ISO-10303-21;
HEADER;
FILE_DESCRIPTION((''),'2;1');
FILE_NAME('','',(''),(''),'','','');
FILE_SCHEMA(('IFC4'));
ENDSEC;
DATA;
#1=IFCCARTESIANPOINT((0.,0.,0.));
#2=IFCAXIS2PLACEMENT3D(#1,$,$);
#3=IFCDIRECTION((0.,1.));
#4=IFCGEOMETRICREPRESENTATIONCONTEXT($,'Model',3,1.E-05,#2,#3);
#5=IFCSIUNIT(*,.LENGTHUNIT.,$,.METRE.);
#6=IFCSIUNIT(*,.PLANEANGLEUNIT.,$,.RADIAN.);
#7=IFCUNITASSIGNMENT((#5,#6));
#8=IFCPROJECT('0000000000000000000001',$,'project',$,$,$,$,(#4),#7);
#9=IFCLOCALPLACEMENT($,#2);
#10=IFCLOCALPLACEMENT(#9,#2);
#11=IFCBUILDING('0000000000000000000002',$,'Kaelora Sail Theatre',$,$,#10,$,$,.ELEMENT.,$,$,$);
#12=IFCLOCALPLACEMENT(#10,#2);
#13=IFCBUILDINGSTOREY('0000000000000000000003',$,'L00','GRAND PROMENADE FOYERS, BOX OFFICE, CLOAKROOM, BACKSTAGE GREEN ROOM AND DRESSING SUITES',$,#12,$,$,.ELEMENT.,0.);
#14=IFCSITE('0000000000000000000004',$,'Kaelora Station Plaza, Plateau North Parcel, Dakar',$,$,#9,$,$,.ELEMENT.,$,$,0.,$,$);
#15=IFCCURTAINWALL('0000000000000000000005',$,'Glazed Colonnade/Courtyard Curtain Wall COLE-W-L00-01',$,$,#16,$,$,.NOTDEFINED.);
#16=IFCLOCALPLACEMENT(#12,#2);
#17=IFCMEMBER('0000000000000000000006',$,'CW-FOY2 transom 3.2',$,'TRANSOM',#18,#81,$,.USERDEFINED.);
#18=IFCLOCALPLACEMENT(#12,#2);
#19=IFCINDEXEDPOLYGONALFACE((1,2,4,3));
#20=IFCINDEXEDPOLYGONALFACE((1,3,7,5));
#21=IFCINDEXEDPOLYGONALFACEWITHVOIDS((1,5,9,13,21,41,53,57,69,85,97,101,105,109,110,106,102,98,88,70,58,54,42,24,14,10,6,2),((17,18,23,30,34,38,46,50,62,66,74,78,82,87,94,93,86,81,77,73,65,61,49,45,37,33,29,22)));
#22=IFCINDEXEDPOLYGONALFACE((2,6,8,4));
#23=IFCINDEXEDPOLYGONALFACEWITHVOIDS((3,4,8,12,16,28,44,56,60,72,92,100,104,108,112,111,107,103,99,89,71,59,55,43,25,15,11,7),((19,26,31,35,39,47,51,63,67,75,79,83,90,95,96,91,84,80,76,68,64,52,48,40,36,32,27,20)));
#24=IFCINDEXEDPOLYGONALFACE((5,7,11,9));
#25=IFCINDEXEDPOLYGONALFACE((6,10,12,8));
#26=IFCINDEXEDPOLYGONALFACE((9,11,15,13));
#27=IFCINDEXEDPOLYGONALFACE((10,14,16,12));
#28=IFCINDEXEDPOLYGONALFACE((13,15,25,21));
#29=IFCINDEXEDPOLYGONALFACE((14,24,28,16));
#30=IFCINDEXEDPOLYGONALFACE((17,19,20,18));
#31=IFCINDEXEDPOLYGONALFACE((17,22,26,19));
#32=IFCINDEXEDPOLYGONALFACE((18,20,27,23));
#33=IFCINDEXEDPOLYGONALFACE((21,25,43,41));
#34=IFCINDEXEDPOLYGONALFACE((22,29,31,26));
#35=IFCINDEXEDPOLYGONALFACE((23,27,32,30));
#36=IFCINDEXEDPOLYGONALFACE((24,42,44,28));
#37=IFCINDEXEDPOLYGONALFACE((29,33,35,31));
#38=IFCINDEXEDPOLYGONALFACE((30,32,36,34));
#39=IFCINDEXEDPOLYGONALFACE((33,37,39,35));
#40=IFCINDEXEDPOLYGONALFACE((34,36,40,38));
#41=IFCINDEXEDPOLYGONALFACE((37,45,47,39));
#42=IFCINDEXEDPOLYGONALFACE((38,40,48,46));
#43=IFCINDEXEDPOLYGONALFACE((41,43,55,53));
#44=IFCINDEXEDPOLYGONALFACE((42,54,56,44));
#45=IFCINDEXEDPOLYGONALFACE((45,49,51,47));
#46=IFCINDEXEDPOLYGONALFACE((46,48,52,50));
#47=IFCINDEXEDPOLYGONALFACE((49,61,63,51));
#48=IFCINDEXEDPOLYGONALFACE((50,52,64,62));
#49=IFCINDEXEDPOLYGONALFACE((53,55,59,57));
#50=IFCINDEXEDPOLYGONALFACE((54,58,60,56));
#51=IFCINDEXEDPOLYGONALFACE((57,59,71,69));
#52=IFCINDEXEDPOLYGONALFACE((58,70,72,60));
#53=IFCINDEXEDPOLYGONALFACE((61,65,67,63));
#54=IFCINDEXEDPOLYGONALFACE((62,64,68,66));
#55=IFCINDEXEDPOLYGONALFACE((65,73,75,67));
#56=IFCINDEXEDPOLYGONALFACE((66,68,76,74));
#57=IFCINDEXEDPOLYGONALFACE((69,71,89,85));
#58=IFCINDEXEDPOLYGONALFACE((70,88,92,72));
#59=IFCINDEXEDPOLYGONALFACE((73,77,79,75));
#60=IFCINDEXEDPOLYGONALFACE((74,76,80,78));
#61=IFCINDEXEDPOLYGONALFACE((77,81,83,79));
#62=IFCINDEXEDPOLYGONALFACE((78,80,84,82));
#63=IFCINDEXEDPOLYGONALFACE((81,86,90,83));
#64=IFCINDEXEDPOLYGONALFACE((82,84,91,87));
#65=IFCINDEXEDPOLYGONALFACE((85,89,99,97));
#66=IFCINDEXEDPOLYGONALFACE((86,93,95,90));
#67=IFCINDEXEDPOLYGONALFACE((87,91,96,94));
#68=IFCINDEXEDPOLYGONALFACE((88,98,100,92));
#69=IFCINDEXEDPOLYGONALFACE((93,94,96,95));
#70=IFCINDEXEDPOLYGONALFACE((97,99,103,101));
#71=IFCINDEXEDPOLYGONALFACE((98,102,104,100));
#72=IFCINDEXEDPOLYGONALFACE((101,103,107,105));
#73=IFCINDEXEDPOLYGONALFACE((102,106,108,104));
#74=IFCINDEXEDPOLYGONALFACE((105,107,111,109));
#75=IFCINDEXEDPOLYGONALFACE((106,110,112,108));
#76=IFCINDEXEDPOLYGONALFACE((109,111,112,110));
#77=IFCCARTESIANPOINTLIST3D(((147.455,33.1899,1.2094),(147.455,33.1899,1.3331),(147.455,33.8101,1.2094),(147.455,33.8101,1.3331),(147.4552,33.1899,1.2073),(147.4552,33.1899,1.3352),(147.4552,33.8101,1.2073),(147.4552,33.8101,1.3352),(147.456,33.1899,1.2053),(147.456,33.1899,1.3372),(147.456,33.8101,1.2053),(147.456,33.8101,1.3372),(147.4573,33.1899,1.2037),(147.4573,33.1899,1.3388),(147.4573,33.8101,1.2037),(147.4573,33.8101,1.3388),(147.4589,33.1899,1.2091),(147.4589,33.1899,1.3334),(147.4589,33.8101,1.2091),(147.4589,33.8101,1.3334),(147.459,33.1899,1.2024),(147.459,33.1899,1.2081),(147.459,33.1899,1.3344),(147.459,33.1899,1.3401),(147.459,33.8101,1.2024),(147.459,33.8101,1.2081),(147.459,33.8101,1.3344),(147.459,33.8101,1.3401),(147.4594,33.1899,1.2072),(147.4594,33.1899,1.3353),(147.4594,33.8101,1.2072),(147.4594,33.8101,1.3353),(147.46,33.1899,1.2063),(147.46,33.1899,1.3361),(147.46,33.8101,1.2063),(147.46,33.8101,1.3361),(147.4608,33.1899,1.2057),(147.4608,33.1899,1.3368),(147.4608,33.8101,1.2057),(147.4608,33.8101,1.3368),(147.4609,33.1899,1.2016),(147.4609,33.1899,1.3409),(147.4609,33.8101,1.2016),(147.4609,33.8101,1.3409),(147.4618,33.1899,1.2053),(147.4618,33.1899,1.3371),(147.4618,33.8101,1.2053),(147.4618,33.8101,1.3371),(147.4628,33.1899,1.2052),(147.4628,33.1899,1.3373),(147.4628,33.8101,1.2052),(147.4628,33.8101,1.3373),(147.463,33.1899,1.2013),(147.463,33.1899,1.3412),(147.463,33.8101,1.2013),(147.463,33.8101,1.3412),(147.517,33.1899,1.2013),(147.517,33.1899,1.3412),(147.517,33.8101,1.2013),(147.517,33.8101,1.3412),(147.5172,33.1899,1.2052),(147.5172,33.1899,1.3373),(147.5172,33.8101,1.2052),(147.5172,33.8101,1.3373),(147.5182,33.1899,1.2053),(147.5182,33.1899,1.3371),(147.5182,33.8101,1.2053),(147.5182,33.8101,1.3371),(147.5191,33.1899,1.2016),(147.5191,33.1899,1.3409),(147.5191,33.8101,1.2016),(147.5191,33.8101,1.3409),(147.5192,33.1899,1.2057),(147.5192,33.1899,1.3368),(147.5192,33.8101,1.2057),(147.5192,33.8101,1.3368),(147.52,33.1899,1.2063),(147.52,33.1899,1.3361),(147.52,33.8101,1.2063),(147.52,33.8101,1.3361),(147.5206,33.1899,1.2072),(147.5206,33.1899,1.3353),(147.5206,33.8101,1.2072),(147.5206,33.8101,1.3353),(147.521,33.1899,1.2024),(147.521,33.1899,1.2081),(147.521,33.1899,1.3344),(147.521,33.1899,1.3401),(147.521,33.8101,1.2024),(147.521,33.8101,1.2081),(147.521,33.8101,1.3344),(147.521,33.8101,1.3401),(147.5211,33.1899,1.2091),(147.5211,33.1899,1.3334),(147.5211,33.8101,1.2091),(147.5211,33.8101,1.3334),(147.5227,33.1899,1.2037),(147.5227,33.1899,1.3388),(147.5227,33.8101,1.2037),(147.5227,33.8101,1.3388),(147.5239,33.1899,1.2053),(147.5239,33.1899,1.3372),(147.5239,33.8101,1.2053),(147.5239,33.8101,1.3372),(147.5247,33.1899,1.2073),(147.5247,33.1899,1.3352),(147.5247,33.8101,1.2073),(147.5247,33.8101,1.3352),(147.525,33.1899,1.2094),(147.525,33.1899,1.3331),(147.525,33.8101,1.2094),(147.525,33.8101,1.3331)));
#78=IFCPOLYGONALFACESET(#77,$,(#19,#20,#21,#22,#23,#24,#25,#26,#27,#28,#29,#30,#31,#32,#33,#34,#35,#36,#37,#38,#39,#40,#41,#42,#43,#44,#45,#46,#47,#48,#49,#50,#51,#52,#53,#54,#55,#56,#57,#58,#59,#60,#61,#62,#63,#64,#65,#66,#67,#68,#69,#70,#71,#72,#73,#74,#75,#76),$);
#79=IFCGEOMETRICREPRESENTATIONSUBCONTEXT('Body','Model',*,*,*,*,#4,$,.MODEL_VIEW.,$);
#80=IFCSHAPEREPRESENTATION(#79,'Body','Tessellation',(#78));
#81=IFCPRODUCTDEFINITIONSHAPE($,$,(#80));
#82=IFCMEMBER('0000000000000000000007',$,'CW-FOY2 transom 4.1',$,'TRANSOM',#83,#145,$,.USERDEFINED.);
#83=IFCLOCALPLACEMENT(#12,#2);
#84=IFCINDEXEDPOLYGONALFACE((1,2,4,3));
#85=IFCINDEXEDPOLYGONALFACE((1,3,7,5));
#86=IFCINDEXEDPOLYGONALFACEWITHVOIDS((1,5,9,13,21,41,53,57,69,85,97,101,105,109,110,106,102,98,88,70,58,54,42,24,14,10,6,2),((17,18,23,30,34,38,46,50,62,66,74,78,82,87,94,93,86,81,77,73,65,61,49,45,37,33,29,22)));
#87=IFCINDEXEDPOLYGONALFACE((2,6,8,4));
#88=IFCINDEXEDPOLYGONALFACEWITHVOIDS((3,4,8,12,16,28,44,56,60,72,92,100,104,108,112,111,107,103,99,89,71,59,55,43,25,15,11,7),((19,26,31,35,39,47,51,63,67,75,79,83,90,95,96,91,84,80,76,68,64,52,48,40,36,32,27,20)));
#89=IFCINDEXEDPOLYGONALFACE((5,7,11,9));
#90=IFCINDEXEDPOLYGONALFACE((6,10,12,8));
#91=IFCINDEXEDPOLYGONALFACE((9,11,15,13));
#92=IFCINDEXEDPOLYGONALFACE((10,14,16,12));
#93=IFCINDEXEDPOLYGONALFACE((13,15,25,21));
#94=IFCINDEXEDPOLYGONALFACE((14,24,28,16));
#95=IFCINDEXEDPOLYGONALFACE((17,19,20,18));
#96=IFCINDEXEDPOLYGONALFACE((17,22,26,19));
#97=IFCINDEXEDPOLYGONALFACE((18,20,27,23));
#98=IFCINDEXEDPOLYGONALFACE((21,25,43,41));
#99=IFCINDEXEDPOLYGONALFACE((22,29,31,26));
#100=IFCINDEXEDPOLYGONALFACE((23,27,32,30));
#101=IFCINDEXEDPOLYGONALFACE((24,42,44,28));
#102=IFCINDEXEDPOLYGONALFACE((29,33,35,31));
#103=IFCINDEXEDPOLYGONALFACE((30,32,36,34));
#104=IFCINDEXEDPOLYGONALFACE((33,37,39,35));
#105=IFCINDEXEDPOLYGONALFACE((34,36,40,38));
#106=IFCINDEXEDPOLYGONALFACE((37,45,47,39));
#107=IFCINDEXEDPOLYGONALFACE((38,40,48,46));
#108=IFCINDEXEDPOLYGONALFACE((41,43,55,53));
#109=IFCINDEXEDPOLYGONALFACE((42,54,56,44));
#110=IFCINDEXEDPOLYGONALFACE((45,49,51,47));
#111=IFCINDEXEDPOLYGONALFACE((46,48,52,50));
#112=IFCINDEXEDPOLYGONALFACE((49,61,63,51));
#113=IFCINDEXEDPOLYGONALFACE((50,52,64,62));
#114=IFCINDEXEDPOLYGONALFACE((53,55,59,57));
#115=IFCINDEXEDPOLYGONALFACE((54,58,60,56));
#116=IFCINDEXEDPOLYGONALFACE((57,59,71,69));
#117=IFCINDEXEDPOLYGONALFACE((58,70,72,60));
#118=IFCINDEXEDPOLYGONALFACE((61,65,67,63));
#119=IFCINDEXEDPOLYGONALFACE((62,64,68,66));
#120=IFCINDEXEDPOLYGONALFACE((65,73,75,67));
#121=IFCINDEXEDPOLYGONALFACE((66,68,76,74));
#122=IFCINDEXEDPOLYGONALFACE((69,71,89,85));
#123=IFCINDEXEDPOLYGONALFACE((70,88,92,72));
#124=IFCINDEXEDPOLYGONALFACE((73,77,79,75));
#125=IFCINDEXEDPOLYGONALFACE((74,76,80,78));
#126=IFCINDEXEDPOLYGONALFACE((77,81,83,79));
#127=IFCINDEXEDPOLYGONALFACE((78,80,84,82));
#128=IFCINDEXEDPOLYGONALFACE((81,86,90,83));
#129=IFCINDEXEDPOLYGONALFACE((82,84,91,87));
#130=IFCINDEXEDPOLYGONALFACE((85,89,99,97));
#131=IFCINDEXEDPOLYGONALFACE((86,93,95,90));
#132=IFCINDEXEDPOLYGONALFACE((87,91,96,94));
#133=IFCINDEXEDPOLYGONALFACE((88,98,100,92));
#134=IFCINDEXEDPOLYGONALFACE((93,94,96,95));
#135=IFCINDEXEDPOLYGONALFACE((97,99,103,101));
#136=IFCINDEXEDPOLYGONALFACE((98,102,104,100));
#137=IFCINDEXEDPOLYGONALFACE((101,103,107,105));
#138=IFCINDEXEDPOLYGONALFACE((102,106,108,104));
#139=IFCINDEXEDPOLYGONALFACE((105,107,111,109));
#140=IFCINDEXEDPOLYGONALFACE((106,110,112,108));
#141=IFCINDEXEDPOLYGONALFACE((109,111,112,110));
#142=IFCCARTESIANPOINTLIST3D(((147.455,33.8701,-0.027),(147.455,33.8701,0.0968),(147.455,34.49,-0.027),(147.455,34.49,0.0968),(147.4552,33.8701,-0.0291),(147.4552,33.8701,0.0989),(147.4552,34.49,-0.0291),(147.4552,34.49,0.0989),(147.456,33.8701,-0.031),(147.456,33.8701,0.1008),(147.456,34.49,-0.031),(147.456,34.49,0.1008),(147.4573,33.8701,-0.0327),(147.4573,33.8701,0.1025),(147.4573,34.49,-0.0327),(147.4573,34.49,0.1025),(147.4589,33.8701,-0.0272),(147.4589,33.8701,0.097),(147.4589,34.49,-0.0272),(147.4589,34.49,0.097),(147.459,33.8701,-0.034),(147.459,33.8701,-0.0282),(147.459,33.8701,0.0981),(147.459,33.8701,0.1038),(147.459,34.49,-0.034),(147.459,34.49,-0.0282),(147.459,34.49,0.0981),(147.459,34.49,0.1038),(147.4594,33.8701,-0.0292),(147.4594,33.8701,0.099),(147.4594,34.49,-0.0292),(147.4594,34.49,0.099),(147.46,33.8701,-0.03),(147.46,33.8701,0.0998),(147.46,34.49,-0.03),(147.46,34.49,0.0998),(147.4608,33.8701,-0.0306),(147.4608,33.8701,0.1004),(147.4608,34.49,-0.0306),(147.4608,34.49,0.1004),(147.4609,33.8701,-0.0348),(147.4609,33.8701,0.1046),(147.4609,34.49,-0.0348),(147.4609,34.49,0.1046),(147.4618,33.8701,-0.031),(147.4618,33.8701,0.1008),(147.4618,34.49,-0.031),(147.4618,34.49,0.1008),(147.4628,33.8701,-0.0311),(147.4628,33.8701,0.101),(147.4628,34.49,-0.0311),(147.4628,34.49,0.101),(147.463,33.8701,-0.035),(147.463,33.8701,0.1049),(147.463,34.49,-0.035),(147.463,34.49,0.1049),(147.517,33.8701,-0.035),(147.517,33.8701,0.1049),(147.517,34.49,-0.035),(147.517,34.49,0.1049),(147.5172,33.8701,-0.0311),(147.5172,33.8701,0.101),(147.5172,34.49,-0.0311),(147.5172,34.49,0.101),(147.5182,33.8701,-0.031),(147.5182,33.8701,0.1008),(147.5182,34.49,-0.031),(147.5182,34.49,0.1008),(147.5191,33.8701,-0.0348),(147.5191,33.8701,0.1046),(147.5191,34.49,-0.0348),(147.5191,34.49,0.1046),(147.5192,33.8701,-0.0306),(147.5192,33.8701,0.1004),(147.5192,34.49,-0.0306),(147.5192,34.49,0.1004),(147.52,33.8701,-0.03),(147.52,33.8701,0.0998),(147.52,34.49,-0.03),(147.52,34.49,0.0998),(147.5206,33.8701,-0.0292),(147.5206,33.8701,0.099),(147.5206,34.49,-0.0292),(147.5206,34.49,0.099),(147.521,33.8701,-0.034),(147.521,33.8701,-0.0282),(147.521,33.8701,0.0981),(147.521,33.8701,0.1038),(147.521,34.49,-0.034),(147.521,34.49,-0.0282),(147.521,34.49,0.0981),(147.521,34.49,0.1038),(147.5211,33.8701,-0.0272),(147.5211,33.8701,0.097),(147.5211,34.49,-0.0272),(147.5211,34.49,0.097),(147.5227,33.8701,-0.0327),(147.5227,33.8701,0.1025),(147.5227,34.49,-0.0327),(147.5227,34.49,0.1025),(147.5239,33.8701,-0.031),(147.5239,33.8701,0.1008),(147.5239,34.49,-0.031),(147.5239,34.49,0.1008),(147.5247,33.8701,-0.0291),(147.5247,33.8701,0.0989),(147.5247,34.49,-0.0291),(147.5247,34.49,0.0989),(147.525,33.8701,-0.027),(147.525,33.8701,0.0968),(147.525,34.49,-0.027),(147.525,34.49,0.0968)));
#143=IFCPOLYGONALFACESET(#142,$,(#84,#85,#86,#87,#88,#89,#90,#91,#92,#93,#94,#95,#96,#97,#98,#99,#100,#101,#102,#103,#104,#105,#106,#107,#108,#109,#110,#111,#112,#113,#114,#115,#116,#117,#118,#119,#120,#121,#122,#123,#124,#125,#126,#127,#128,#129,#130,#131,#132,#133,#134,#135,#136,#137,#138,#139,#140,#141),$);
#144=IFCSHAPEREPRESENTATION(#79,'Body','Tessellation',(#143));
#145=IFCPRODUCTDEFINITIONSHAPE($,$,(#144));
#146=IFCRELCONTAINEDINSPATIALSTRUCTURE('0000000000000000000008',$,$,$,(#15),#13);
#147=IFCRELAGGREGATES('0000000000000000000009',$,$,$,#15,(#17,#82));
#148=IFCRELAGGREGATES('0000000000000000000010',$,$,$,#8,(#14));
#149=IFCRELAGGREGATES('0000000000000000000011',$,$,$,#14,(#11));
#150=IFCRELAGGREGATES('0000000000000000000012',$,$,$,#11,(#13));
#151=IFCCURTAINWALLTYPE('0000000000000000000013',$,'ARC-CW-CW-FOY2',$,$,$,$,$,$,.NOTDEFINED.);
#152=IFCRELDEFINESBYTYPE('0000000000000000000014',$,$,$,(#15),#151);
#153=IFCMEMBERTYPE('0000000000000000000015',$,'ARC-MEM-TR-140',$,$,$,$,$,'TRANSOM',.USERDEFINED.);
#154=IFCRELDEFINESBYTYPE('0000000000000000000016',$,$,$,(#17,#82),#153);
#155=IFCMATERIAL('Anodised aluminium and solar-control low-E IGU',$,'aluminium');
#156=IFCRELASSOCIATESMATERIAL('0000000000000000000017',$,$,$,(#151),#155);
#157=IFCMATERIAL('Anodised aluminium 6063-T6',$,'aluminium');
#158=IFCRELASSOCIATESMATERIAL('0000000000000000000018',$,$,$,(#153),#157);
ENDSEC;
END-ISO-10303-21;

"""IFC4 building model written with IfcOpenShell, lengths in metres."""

from ifc_helpers import new_model, si_unit, direction, frame, origin, origin_2d, place, context, subcontext, project, spatial, hollow_rectangle, extrude, material, material_profile, profile_set, type_object, element, aggregate, save


model = new_model("IFC4")

# Units and contexts
model_context = context("Model", 3, precision=1e-05, world=origin(), true_north=direction((0.0, 1.0)))
body_context = subcontext(model_context, "Body", "Model", "MODEL_VIEW")
ifc_project = project(units=[si_unit("LENGTHUNIT", "METRE"), si_unit("PLANEANGLEUNIT", "RADIAN")], contexts=[model_context])

# Site, building, storey
site_placement = place(None, origin())
site = spatial("IfcSite", under=ifc_project, at=site_placement, Name="Kaelora Station Plaza, Plateau North Parcel, Dakar", CompositionType="ELEMENT", RefElevation=0.0)
building_placement = place(site_placement, origin())
building = spatial("IfcBuilding", under=site, at=building_placement, Name="Kaelora Sail Theatre", CompositionType="ELEMENT")
storey_placement = place(building_placement, origin())
storey = spatial("IfcBuildingStorey", under=building, at=storey_placement, Name="L00", Description="GRAND PROMENADE FOYERS, BOX OFFICE, CLOAKROOM, BACKSTAGE GREEN ROOM AND DRESSING SUITES", CompositionType="ELEMENT", Elevation=0.0)

# Curtain wall
ifc_material_1 = material(Name="Anodised aluminium and solar-control low-E IGU", Category="aluminium")
curtain_wall_type = type_object("IfcCurtainWallType", Name="ARC-CW-CW-FOY2", PredefinedType="NOTDEFINED", material=ifc_material_1)
curtain_wall_placement = place(storey_placement, origin())
curtain_wall = element("IfcCurtainWall", 1, at=curtain_wall_placement, inside=storey, type_object=curtain_wall_type, Name="Glazed Colonnade/Courtyard Curtain Wall COLE-W-L00-01", PredefinedType="NOTDEFINED")

# Members
ifc_material_2 = material(Name="Anodised aluminium 6063-T6", Category="aluminium")
ifc_material_profile_1 = material_profile(ifc_material_2, hollow_rectangle(XDim=0.0701, YDim=0.1399, WallThickness=0.0039, InnerFilletRadius=0.0039, OuterFilletRadius=0.0081, at=origin_2d()), Name="ALU-TRAN 70x140x4")
ifc_profile_set_1 = profile_set([ifc_material_profile_1], Name="Anodised aluminium 6063-T6")
member_type_1 = type_object("IfcMemberType", Name="ARC-MEM-TR-140", ElementType="TRANSOM", PredefinedType="USERDEFINED", material=ifc_profile_set_1)
member_1_placement = place(storey_placement, frame((147.49, 33.1899, 1.2712), z_axis=(0.0, 1.0, 0.0), x_axis=(-1.0, 0.0, 0.0)))
member_1 = element("IfcMember", 2, at=member_1_placement, type_object=member_type_1, Name="CW-FOY2 transom 3.2", ObjectType="TRANSOM", PredefinedType="USERDEFINED", context=body_context, shape_type="SweptSolid", body=[
    extrude(hollow_rectangle(XDim=0.0701, YDim=0.1399, WallThickness=0.0039, InnerFilletRadius=0.0039, OuterFilletRadius=0.0081, at=origin_2d()), origin(), (0.0, 0.0, 1.0), 0.6201),
])
member_2_placement = place(storey_placement, frame((147.49, 33.8701, 0.0349), z_axis=(0.0, 1.0, 0.0), x_axis=(-1.0, 0.0, 0.0)))
member_2 = element("IfcMember", 3, at=member_2_placement, type_object=member_type_1, Name="CW-FOY2 transom 4.1", ObjectType="TRANSOM", PredefinedType="USERDEFINED", context=body_context, shape_type="SweptSolid", body=[
    extrude(hollow_rectangle(XDim=0.0701, YDim=0.1399, WallThickness=0.0039, InnerFilletRadius=0.0039, OuterFilletRadius=0.0081, at=origin_2d()), origin(), (0.0, 0.0, 1.0), 0.6199),
])

aggregate(curtain_wall, [member_1, member_2])

save(model, "model.ifc")
